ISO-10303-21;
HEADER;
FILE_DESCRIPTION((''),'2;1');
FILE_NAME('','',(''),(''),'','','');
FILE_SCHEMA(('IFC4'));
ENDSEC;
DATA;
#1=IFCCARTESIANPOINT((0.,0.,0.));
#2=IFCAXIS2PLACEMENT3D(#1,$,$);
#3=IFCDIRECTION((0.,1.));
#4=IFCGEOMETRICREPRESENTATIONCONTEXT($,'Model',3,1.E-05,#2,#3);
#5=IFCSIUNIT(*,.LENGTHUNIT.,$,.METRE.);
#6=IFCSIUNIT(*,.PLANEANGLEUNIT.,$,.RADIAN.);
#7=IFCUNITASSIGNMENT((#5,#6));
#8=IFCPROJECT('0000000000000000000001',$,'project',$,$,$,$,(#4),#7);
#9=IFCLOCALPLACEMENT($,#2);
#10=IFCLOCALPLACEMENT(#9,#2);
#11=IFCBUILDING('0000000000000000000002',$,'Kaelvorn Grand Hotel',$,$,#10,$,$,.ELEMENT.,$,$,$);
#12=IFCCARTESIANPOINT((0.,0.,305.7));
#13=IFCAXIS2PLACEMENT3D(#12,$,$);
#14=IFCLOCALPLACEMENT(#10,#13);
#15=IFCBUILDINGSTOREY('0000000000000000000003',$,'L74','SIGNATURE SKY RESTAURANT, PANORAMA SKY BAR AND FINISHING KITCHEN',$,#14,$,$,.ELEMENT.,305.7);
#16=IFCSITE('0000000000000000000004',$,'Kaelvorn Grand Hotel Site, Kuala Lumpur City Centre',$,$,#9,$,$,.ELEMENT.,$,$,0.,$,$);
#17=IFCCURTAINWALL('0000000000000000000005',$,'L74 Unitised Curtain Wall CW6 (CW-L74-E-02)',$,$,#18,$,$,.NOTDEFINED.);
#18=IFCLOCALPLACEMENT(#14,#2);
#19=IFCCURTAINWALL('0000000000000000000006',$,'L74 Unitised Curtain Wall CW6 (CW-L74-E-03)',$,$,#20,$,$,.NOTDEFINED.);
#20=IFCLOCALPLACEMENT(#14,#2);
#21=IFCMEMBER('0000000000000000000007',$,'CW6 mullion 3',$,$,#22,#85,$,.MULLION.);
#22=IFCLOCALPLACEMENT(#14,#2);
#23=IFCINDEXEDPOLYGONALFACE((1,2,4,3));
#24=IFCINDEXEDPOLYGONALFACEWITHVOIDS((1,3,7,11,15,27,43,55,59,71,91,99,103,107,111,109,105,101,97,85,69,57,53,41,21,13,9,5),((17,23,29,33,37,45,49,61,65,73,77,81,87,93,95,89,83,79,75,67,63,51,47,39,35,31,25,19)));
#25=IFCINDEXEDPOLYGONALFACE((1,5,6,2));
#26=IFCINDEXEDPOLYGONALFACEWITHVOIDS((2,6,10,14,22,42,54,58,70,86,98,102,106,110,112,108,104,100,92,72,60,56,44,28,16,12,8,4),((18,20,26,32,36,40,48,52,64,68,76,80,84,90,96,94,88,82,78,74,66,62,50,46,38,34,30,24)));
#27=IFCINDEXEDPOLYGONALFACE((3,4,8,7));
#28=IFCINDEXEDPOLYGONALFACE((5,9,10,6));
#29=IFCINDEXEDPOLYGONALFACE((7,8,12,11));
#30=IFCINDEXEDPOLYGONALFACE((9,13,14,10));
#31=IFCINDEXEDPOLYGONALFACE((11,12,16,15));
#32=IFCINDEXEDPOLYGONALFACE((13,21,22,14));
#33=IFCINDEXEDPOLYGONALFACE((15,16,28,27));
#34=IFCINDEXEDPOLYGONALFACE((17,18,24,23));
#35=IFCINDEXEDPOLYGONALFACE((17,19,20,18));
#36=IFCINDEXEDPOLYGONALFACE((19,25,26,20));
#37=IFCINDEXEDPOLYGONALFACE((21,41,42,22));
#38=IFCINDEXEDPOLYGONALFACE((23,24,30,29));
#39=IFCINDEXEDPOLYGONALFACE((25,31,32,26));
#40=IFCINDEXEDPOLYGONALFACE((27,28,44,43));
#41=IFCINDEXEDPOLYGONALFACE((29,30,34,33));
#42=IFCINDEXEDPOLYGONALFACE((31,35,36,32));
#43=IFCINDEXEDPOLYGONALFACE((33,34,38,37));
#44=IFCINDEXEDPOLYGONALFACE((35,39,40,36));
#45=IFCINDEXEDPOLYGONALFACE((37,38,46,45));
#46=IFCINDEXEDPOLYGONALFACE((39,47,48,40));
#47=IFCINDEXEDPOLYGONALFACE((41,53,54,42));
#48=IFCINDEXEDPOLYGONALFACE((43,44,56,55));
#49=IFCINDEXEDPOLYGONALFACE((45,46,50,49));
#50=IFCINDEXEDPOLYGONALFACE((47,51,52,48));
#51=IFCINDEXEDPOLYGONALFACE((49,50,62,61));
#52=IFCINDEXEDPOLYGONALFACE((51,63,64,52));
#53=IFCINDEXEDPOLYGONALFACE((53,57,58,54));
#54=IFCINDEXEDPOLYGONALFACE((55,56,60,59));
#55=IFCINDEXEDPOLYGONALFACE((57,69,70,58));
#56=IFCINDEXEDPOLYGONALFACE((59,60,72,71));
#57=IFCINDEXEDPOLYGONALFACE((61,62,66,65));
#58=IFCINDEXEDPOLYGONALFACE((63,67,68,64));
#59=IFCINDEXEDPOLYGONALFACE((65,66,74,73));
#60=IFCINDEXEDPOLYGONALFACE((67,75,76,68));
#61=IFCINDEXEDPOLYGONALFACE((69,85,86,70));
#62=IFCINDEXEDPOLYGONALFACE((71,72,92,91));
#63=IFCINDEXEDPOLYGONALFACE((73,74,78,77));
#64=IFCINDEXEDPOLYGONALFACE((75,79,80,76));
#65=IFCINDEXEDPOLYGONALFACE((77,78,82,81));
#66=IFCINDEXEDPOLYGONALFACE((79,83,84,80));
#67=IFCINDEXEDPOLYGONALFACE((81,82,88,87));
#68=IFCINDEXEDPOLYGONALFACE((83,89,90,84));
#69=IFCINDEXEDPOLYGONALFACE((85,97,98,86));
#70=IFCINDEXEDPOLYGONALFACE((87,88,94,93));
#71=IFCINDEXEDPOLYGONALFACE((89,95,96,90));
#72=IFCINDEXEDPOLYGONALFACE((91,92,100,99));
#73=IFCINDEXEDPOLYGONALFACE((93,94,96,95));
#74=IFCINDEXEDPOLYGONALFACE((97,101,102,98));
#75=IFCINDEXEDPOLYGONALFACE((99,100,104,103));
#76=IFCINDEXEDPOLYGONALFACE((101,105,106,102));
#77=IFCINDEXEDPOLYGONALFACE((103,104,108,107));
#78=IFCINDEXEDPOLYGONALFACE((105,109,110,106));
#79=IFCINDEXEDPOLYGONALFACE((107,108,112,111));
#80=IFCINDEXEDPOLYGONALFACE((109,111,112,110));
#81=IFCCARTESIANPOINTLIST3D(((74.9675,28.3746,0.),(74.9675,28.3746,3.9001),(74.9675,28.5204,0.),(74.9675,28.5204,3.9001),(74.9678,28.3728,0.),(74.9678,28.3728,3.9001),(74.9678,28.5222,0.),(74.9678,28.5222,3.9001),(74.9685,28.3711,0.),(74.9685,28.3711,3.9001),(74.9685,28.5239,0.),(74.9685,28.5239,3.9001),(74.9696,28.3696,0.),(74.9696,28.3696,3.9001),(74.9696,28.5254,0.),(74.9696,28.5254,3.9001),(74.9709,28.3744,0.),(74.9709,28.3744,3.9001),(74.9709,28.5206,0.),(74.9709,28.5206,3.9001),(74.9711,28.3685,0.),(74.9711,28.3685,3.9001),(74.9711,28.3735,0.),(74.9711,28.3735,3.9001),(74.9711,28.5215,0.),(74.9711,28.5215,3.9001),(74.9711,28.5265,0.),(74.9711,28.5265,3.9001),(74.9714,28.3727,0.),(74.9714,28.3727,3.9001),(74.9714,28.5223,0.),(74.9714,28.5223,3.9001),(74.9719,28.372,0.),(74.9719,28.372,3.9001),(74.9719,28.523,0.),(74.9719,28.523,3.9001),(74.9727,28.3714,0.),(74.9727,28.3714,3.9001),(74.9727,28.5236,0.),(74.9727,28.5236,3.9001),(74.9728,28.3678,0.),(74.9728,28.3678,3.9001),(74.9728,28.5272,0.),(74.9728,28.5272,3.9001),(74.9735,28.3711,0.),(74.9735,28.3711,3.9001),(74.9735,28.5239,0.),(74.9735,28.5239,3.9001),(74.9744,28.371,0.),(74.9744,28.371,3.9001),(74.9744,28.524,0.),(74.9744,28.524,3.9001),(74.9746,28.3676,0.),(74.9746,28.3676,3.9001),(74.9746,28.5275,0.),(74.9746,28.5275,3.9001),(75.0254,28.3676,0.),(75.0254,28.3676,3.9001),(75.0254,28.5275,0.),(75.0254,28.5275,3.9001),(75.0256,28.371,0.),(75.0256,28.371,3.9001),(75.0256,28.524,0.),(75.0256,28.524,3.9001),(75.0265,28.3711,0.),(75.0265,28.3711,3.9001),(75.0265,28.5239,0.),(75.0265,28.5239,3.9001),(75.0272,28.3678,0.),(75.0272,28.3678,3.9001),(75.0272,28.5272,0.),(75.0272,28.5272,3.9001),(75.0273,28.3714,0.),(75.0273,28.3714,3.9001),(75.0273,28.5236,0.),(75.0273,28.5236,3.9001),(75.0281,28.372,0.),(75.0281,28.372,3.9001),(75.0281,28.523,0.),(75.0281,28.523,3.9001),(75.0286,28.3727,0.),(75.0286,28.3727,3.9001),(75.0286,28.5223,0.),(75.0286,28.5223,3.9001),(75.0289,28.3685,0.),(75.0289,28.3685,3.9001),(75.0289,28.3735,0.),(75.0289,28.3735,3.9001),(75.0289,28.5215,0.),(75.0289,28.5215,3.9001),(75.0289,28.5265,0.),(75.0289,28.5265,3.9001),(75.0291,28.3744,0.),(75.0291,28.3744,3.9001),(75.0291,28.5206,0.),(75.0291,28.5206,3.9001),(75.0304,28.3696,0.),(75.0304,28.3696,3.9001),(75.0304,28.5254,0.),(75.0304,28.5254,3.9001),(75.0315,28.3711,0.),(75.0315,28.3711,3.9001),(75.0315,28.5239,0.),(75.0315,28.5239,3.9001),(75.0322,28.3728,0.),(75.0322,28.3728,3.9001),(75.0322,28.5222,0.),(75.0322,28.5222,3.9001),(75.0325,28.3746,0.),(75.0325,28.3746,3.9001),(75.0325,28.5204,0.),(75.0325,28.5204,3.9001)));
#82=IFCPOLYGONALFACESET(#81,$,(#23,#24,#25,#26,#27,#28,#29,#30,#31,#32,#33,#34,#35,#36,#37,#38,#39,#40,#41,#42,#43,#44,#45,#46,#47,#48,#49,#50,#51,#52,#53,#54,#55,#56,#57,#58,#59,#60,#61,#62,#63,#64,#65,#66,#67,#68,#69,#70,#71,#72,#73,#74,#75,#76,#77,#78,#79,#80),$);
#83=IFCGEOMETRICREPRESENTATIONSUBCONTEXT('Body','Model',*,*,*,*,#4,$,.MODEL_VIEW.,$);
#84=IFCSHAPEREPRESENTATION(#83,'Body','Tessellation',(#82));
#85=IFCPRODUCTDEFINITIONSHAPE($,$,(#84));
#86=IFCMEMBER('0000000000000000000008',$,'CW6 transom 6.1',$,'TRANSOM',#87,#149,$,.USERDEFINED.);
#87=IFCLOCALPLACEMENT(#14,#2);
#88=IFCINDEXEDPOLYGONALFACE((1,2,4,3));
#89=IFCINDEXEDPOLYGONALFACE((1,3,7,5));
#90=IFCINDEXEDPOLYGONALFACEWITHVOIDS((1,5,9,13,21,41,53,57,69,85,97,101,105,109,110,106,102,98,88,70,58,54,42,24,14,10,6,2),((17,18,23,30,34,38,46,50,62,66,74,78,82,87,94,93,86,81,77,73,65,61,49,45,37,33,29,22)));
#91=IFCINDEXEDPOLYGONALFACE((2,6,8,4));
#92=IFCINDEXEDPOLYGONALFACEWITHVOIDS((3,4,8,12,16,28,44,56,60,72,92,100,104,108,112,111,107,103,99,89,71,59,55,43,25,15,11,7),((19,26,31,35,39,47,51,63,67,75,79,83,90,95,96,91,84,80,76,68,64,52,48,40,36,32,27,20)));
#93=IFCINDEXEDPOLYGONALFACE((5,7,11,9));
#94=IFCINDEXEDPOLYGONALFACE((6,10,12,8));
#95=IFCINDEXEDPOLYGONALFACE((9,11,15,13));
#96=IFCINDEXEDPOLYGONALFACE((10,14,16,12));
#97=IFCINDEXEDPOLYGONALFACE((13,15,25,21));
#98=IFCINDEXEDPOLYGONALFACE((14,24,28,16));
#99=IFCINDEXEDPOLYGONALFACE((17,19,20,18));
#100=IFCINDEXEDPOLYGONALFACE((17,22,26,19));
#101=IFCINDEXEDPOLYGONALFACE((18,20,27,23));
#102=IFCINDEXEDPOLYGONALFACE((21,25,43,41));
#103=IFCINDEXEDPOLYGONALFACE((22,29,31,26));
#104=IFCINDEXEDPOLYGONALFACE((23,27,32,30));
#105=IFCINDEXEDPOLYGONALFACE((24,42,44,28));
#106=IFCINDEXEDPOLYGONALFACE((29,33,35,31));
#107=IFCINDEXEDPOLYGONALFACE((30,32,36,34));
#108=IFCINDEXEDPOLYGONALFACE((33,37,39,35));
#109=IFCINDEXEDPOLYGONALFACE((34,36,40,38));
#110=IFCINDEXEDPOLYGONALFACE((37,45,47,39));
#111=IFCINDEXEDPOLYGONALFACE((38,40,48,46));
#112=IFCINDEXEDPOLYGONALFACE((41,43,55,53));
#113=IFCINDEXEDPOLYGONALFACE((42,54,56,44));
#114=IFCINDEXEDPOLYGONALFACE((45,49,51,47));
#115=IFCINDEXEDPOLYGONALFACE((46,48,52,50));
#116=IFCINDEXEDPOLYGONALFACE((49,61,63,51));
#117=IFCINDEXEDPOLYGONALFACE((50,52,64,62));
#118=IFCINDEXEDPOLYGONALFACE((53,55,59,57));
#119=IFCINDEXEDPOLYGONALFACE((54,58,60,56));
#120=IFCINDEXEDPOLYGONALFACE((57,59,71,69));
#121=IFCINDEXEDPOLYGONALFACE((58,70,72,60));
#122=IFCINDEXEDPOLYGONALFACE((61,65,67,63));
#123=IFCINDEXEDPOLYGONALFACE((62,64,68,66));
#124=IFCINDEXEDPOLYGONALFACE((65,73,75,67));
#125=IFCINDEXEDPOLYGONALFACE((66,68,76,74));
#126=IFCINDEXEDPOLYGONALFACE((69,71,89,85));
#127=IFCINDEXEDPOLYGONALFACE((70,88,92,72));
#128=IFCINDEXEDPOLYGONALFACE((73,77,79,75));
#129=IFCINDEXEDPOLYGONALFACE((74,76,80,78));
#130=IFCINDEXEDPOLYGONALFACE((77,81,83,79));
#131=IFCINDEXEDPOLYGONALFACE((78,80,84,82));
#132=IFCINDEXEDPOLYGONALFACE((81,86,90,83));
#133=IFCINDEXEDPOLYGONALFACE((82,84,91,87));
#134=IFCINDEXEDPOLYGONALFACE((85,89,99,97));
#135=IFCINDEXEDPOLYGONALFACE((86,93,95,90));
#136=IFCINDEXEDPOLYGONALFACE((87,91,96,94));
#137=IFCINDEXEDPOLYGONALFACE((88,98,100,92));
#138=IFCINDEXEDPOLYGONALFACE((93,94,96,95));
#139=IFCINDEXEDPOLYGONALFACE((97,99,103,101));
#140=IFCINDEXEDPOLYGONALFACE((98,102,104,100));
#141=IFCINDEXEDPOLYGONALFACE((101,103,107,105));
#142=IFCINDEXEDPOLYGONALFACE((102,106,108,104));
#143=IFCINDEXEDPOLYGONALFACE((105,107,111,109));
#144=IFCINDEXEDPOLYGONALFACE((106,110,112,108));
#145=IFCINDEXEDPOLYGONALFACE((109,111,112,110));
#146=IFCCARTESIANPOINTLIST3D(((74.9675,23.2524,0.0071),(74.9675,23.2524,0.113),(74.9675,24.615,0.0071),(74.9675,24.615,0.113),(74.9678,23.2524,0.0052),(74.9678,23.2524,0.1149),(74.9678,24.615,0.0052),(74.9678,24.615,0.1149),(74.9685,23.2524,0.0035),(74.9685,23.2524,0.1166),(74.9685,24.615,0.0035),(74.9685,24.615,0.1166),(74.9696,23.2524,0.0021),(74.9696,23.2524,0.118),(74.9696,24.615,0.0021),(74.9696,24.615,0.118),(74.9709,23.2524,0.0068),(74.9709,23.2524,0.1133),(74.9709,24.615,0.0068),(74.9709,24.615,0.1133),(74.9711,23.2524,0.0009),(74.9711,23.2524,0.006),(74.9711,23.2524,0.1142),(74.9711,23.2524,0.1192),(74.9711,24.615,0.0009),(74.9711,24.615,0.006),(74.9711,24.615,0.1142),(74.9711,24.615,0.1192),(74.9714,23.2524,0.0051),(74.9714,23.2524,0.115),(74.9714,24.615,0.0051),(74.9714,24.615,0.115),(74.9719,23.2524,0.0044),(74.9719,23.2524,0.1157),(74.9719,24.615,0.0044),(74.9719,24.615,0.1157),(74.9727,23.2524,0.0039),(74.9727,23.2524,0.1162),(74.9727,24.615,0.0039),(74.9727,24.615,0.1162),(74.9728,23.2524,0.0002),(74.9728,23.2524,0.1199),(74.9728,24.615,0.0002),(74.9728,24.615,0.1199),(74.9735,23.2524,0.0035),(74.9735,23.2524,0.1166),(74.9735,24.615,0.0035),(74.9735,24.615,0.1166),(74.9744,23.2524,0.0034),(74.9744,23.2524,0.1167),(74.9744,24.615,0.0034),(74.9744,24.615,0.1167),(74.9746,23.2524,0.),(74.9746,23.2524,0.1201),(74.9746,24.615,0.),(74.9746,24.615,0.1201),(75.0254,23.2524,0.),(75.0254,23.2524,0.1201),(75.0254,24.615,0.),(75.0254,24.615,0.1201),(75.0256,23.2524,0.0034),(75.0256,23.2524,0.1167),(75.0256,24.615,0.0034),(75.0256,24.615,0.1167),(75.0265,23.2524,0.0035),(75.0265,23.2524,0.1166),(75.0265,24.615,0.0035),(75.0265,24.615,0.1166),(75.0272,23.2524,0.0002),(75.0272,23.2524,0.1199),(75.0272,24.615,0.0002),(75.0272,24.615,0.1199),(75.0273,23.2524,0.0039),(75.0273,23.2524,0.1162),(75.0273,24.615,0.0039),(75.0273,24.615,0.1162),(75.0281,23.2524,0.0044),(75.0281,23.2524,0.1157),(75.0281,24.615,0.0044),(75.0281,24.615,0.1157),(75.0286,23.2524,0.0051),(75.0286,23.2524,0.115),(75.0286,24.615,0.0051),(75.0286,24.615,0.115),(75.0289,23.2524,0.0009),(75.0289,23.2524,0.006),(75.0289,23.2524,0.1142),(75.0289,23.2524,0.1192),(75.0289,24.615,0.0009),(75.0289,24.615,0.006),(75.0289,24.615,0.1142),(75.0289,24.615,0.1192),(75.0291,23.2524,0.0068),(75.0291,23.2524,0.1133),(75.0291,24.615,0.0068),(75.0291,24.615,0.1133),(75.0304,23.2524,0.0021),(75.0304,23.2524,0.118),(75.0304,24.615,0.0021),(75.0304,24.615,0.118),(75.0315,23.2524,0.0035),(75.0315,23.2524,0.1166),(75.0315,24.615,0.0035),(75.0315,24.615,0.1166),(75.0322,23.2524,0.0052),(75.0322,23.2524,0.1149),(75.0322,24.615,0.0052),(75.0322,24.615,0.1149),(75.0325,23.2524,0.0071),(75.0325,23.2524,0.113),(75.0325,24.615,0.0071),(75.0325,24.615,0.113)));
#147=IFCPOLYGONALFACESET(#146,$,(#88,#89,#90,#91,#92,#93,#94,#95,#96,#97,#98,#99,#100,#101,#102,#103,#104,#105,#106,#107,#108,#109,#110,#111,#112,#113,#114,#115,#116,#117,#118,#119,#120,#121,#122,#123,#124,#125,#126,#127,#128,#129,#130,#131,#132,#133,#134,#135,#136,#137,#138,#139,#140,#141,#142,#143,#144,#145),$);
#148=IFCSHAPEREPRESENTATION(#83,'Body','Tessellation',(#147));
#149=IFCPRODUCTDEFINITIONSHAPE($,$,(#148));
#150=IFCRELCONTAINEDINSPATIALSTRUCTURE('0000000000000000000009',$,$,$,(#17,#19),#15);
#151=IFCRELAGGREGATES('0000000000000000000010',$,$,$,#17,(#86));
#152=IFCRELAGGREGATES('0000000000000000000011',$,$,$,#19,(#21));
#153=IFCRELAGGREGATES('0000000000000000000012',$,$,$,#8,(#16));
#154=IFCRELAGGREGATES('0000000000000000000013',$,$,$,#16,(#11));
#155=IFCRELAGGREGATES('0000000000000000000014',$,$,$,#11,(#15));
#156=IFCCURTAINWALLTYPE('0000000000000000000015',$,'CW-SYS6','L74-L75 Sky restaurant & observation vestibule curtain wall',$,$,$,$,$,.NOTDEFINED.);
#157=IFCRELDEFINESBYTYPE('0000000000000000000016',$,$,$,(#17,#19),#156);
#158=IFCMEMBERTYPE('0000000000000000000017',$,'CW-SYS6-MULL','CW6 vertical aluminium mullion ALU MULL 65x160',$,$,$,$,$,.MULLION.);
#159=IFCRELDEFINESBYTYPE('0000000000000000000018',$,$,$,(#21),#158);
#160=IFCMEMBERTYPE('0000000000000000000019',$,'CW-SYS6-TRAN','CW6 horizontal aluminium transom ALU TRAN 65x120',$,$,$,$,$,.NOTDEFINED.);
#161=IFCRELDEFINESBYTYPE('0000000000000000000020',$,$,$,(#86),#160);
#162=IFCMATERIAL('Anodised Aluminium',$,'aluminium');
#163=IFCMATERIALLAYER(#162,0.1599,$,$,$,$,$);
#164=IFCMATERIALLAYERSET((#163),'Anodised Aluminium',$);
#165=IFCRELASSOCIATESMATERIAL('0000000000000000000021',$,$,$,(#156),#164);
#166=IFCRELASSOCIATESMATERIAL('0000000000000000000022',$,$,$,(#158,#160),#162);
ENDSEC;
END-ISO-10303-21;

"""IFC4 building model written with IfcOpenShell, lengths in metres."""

from ifc_helpers import new_model, si_unit, direction, frame, origin, origin_2d, place, context, subcontext, project, spatial, hollow_rectangle, extrude, material, layer, layer_set, material_profile, profile_set, type_object, element, aggregate, save


model = new_model("IFC4")

# Units and contexts
model_context = context("Model", 3, precision=1e-05, world=origin(), true_north=direction((0.0, 1.0)))
body_context = subcontext(model_context, "Body", "Model", "MODEL_VIEW")
ifc_project = project(units=[si_unit("LENGTHUNIT", "METRE"), si_unit("PLANEANGLEUNIT", "RADIAN")], contexts=[model_context])

# Site, building, storey
site_placement = place(None, origin())
site = spatial("IfcSite", under=ifc_project, at=site_placement, Name="Kaelvorn Grand Hotel Site, Kuala Lumpur City Centre", CompositionType="ELEMENT", RefElevation=0.0)
building_placement = place(site_placement, origin())
building = spatial("IfcBuilding", under=site, at=building_placement, Name="Kaelvorn Grand Hotel", CompositionType="ELEMENT")
storey_placement = place(building_placement, frame((0.0, 0.0, 305.7)))
storey = spatial("IfcBuildingStorey", under=building, at=storey_placement, Name="L74", Description="SIGNATURE SKY RESTAURANT, PANORAMA SKY BAR AND FINISHING KITCHEN", CompositionType="ELEMENT", Elevation=305.7)

# Curtain walls, member
ifc_material_1 = material(Name="Anodised Aluminium", Category="aluminium")
ifc_layer_1 = layer(ifc_material_1, 0.1599)
ifc_layer_set_1 = layer_set([ifc_layer_1], Name="Anodised Aluminium")
curtain_wall_type = type_object("IfcCurtainWallType", Name="CW-SYS6", Description="L74-L75 Sky restaurant & observation vestibule curtain wall", PredefinedType="NOTDEFINED", material=ifc_layer_set_1)
curtain_wall_1_placement = place(storey_placement, origin())
curtain_wall_1 = element("IfcCurtainWall", 1, at=curtain_wall_1_placement, inside=storey, type_object=curtain_wall_type, Name="L74 Unitised Curtain Wall CW6 (CW-L74-E-02)", PredefinedType="NOTDEFINED")
ifc_material_profile_1 = material_profile(ifc_material_1, hollow_rectangle(XDim=0.0649, YDim=0.1599, WallThickness=0.0034, InnerFilletRadius=0.0034, OuterFilletRadius=0.0071, at=origin_2d()), Name="ALU MULL 65x160")
ifc_profile_set_1 = profile_set([ifc_material_profile_1], Name="Anodised Aluminium")
member_type_1 = type_object("IfcMemberType", Name="CW-SYS6-MULL", Description="CW6 vertical aluminium mullion ALU MULL 65x160", PredefinedType="MULLION", material=ifc_profile_set_1)
curtain_wall_2_placement = place(storey_placement, origin())
curtain_wall_2 = element("IfcCurtainWall", 2, at=curtain_wall_2_placement, inside=storey, type_object=curtain_wall_type, Name="L74 Unitised Curtain Wall CW6 (CW-L74-E-03)", PredefinedType="NOTDEFINED")
member_1_placement = place(storey_placement, frame((75.0, 28.4475, 0.0), z_axis=(0.0, 0.0, 1.0), x_axis=(-1.0, 0.0, 0.0)))
member_1 = element("IfcMember", 3, at=member_1_placement, type_object=member_type_1, Name="CW6 mullion 3", PredefinedType="MULLION", context=body_context, shape_type="SweptSolid", body=[
    extrude(hollow_rectangle(XDim=0.0649, YDim=0.1599, WallThickness=0.0034, InnerFilletRadius=0.0034, OuterFilletRadius=0.0071, at=origin_2d()), origin(), (0.0, 0.0, 1.0), 3.9001),
])

# Member
ifc_material_profile_2 = material_profile(ifc_material_1, hollow_rectangle(XDim=0.0649, YDim=0.1201, WallThickness=0.0034, InnerFilletRadius=0.0034, OuterFilletRadius=0.0071, at=origin_2d()), Name="ALU TRAN 65x120")
ifc_profile_set_2 = profile_set([ifc_material_profile_2], Name="Anodised Aluminium")
member_type_2 = type_object("IfcMemberType", Name="CW-SYS6-TRAN", Description="CW6 horizontal aluminium transom ALU TRAN 65x120", PredefinedType="NOTDEFINED", material=ifc_profile_set_2)
member_2_placement = place(storey_placement, frame((75.0, 23.2524, 0.0601), z_axis=(0.0, 1.0, 0.0), x_axis=(-1.0, 0.0, 0.0)))
member_2 = element("IfcMember", 4, at=member_2_placement, type_object=member_type_2, Name="CW6 transom 6.1", ObjectType="TRANSOM", PredefinedType="USERDEFINED", context=body_context, shape_type="SweptSolid", body=[
    extrude(hollow_rectangle(XDim=0.0649, YDim=0.1201, WallThickness=0.0034, InnerFilletRadius=0.0034, OuterFilletRadius=0.0071, at=origin_2d()), origin(), (0.0, 0.0, 1.0), 1.3625),
])

aggregate(curtain_wall_1, [member_2])
aggregate(curtain_wall_2, [member_1])

save(model, "model.ifc")
